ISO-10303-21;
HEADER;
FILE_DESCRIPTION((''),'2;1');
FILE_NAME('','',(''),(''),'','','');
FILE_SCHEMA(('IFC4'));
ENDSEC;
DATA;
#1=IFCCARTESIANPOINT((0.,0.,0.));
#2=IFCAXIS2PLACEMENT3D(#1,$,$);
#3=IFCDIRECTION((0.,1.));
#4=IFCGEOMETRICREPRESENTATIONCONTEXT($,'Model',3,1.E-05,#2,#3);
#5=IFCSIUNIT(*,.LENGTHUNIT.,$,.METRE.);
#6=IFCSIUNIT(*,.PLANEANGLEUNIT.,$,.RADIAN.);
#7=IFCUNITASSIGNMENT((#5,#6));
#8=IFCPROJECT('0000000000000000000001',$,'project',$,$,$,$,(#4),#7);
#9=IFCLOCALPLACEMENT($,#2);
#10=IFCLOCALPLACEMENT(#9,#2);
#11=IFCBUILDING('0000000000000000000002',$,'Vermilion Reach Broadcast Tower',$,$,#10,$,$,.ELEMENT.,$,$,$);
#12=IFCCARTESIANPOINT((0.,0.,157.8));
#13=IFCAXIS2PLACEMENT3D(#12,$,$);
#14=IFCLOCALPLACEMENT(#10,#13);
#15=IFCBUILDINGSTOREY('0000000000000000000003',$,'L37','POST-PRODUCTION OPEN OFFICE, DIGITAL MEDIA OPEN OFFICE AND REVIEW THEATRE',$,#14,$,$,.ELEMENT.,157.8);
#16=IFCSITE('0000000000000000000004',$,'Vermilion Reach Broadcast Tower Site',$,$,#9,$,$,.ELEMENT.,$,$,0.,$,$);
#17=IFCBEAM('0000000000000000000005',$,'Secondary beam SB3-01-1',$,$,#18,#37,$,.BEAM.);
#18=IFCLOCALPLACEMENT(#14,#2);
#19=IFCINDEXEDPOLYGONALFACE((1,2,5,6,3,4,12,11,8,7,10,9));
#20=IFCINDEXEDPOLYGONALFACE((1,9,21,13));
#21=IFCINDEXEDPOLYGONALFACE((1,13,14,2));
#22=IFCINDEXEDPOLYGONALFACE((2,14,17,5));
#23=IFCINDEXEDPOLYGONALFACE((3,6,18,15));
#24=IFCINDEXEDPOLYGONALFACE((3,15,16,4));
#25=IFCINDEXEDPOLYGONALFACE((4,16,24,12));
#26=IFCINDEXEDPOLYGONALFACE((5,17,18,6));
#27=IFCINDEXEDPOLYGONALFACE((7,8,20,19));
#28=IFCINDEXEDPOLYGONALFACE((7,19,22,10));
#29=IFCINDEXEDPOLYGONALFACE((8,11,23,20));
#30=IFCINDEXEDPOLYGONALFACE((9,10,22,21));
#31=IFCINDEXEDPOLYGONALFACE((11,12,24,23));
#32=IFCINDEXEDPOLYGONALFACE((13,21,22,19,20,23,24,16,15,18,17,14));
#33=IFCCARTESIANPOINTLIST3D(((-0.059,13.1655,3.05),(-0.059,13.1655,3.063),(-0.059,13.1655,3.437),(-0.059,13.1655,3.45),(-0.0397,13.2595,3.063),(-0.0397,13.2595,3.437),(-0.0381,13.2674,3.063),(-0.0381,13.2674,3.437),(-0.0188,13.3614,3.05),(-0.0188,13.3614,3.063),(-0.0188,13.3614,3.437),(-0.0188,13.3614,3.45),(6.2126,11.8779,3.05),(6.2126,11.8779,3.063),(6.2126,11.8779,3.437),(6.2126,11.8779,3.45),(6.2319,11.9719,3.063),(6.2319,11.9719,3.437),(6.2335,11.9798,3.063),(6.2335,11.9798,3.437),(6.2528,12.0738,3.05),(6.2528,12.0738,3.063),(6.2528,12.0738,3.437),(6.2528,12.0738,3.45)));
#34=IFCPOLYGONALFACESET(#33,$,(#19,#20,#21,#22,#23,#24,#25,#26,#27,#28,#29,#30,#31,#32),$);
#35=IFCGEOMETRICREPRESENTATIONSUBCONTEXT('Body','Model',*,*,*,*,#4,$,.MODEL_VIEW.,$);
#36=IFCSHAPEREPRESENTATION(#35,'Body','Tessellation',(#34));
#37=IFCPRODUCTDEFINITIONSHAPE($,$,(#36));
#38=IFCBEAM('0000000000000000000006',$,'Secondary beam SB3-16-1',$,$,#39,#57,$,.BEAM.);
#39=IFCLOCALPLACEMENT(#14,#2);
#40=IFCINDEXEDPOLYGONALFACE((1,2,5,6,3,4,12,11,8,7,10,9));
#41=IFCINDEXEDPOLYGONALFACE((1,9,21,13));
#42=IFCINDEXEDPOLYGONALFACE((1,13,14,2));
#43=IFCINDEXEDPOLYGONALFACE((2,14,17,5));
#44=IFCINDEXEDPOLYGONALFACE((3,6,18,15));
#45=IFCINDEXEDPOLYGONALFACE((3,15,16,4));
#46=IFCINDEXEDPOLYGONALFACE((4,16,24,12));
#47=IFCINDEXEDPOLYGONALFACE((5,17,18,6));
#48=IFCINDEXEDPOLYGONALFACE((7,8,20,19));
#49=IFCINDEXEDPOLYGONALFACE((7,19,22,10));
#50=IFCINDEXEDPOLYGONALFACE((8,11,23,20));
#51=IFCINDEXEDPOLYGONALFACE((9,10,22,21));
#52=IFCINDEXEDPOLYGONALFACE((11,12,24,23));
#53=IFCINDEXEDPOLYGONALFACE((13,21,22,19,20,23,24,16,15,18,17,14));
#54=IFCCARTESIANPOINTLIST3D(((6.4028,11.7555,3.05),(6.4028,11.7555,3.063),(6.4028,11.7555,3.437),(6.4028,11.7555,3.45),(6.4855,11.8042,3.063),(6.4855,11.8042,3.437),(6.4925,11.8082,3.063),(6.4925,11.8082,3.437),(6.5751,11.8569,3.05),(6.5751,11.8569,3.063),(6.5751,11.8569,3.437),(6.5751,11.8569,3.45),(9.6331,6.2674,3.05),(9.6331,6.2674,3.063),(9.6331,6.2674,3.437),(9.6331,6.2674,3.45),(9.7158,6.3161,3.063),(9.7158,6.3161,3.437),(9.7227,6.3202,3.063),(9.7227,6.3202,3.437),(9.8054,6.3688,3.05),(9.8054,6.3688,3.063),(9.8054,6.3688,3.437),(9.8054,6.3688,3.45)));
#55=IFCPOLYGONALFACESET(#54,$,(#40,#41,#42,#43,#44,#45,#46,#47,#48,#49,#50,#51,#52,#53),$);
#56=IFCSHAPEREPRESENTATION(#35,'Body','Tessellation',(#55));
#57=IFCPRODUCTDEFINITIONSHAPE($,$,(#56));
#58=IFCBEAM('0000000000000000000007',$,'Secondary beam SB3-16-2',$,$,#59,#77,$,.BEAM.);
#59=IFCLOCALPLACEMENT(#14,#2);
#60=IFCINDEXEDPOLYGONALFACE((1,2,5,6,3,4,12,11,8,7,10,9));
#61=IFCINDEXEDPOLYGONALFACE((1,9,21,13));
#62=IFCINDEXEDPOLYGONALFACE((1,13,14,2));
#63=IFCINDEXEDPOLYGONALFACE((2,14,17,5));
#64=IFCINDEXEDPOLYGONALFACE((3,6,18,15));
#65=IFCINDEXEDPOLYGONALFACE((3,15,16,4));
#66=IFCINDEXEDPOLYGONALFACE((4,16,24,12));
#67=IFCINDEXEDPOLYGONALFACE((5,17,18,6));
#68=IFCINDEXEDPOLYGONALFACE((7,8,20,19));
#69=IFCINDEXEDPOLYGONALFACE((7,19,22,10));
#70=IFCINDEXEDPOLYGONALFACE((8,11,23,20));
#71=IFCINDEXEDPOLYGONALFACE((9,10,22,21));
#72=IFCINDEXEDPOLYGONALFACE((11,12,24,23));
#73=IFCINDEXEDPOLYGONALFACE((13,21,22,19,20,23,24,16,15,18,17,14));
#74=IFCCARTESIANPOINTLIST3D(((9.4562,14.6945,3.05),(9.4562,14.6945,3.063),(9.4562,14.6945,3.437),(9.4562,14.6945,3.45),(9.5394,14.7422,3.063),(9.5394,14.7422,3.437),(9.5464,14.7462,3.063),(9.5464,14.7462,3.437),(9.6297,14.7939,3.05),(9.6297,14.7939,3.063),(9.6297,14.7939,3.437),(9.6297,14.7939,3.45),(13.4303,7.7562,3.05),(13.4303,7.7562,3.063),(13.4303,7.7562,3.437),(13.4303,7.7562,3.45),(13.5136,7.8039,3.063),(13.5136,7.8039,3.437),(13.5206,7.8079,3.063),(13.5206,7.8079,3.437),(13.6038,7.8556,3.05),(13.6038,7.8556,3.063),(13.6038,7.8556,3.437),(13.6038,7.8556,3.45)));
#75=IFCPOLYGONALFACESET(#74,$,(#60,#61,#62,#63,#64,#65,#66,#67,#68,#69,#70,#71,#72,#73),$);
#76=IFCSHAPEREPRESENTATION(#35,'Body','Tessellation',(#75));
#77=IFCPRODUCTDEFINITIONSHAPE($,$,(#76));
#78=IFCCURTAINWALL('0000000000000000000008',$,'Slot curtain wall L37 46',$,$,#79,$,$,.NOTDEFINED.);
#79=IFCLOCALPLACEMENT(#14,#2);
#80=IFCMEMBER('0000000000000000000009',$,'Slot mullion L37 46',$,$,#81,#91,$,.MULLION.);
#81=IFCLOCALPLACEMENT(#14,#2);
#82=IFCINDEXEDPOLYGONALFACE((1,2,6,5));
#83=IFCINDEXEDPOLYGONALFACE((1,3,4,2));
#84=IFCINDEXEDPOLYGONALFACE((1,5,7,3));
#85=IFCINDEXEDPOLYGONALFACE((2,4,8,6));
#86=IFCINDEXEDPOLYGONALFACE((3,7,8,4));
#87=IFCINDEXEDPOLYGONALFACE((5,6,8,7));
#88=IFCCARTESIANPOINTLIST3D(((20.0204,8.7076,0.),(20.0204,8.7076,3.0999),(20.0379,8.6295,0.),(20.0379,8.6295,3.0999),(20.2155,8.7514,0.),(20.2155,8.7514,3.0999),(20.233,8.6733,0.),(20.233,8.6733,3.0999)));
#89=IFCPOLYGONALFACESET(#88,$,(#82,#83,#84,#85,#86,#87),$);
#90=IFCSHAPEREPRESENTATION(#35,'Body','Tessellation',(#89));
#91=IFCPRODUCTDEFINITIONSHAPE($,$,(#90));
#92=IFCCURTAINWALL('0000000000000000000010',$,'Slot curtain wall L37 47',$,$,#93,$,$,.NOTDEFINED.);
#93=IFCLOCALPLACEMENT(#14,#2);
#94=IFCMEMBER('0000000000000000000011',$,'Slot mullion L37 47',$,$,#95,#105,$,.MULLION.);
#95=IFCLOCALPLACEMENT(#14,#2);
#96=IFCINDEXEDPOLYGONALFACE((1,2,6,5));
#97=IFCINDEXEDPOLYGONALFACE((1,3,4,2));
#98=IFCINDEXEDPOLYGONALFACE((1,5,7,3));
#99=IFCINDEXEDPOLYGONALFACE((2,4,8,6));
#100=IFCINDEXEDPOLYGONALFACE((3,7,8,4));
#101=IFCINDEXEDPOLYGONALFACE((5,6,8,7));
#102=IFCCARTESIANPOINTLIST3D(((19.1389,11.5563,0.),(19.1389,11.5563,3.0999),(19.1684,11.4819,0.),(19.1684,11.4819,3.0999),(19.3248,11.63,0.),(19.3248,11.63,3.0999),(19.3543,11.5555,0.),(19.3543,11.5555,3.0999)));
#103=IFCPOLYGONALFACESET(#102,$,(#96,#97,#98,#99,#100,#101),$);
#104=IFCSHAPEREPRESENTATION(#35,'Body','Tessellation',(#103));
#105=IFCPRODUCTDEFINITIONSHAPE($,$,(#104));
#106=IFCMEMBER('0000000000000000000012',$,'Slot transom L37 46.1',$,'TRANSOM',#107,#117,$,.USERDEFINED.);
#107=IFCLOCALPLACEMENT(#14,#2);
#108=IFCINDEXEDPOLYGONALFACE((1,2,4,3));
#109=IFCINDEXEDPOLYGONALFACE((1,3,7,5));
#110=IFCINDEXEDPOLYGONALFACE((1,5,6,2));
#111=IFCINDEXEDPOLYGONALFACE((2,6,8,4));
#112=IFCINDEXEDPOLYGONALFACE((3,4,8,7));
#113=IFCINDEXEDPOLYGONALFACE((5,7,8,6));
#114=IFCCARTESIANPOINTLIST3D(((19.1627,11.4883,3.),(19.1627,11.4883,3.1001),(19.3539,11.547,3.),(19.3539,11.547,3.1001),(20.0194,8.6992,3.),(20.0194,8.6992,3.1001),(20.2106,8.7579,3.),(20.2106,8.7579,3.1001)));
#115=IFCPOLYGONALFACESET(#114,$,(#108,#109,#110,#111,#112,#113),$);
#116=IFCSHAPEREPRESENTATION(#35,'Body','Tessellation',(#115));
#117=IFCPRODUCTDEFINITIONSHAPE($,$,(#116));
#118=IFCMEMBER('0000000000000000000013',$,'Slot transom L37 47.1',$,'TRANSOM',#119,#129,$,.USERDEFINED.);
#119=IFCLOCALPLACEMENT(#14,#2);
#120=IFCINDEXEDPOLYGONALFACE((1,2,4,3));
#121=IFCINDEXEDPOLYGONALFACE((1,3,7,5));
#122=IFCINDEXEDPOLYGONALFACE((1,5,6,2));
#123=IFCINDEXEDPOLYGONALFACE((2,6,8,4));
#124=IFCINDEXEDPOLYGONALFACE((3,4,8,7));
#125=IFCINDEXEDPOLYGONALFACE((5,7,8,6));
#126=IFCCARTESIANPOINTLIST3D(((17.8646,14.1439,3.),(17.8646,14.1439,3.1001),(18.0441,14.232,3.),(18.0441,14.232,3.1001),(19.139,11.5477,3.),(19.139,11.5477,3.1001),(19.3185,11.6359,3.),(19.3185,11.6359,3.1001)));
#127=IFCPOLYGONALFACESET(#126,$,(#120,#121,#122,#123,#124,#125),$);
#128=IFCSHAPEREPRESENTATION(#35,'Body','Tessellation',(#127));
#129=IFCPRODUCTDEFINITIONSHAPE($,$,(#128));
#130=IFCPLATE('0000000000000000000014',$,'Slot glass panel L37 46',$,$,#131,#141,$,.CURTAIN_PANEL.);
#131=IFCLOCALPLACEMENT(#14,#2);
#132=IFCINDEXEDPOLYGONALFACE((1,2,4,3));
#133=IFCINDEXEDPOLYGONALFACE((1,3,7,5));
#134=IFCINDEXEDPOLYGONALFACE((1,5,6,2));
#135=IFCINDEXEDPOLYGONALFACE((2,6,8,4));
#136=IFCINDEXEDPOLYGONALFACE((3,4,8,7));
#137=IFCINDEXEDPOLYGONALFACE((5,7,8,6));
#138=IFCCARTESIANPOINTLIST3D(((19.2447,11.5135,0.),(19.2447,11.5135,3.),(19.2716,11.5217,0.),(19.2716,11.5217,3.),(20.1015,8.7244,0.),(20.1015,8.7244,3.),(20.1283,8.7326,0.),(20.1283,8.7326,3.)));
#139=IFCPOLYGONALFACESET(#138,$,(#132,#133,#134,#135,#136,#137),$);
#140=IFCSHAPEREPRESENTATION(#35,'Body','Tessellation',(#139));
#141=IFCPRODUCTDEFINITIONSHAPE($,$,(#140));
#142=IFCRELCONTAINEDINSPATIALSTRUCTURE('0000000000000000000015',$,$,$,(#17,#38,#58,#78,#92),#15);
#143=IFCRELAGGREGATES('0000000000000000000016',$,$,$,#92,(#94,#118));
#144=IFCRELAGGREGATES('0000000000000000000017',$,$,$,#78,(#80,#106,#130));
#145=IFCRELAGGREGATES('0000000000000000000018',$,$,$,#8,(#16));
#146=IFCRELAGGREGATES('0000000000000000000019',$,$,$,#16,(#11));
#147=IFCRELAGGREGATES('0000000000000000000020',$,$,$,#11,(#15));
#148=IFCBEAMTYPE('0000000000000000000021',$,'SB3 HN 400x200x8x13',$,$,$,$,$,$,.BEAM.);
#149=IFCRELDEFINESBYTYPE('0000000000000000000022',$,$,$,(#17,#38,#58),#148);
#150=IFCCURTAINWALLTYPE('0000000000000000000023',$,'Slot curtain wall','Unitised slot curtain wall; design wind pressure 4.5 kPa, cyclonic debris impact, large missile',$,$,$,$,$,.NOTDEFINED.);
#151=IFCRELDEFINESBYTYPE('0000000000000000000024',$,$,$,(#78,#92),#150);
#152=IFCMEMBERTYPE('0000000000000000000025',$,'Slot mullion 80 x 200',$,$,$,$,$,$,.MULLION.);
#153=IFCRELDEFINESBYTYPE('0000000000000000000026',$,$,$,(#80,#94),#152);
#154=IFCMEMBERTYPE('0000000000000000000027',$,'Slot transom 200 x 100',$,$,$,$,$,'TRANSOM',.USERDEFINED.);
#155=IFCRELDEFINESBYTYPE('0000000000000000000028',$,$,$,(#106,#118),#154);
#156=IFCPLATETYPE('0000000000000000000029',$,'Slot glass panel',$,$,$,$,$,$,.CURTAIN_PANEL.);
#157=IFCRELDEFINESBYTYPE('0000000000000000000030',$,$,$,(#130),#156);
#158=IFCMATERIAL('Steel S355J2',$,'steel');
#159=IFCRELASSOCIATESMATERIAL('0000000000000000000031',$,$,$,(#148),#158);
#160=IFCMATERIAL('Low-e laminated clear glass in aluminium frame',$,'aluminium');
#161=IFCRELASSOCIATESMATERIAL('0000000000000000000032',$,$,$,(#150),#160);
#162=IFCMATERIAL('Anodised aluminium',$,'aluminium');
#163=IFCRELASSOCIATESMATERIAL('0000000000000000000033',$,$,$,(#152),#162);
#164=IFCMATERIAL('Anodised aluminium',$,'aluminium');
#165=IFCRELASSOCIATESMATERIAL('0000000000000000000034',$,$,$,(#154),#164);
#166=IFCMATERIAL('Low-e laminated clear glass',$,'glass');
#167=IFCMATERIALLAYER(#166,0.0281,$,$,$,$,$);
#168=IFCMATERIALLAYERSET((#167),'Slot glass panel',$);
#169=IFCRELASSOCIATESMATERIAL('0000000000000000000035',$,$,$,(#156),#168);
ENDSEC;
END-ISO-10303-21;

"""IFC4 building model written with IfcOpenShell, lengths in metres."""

from ifc_helpers import new_model, si_unit, direction, frame, origin, origin_2d, place, context, subcontext, project, spatial, rectangle, i_section, extrude, material, layer, layer_set, material_profile, profile_set, type_object, element, aggregate, save


model = new_model("IFC4")

# Units and contexts
model_context = context("Model", 3, precision=1e-05, world=origin(), true_north=direction((0.0, 1.0)))
body_context = subcontext(model_context, "Body", "Model", "MODEL_VIEW")
ifc_project = project(units=[si_unit("LENGTHUNIT", "METRE"), si_unit("PLANEANGLEUNIT", "RADIAN")], contexts=[model_context])

# Site, building, storey
site_placement = place(None, origin())
site = spatial("IfcSite", under=ifc_project, at=site_placement, Name="Vermilion Reach Broadcast Tower Site", CompositionType="ELEMENT", RefElevation=0.0)
building_placement = place(site_placement, origin())
building = spatial("IfcBuilding", under=site, at=building_placement, Name="Vermilion Reach Broadcast Tower", CompositionType="ELEMENT")
storey_placement = place(building_placement, frame((0.0, 0.0, 157.8)))
storey = spatial("IfcBuildingStorey", under=building, at=storey_placement, Name="L37", Description="POST-PRODUCTION OPEN OFFICE, DIGITAL MEDIA OPEN OFFICE AND REVIEW THEATRE", CompositionType="ELEMENT", Elevation=157.8)

# Beams
ifc_material_1 = material(Name="Steel S355J2", Category="steel")
ifc_material_profile_1 = material_profile(ifc_material_1, i_section(OverallWidth=0.2, OverallDepth=0.3999, WebThickness=0.0081, FlangeThickness=0.0129, at=origin_2d()), Name="S355J2 HN 400x200x8x13")
ifc_profile_set_1 = profile_set([ifc_material_profile_1], Name="Steel S355J2")
beam_type_1 = type_object("IfcBeamType", Name="SB3 HN 400x200x8x13", PredefinedType="BEAM", material=ifc_profile_set_1)
beam_1_placement = place(storey_placement, frame((6.2327, 11.9758, 3.25), z_axis=(-0.979568, 0.201115, 0.0), x_axis=(-0.201115, -0.979568, 0.0)))
element("IfcBeam", 1, at=beam_1_placement, inside=storey, type_object=beam_type_1, Name="Secondary beam SB3-01-1", PredefinedType="BEAM", context=body_context, shape_type="SweptSolid", body=[
    extrude(i_section(OverallWidth=0.2, OverallDepth=0.3999, WebThickness=0.0081, FlangeThickness=0.0129, at=origin_2d()), origin(), (0.0, 0.0, 1.0), 6.4023),
])
beam_2_placement = place(storey_placement, frame((9.7192, 6.3181, 3.25), z_axis=(-0.50725, 0.861799, 0.0), x_axis=(-0.861799, -0.50725, 0.0)))
element("IfcBeam", 2, at=beam_2_placement, inside=storey, type_object=beam_type_1, Name="Secondary beam SB3-16-1", PredefinedType="BEAM", context=body_context, shape_type="SweptSolid", body=[
    extrude(i_section(OverallWidth=0.2, OverallDepth=0.3999, WebThickness=0.0081, FlangeThickness=0.0129, at=origin_2d()), origin(), (0.0, 0.0, 1.0), 6.3682),
])
beam_3_placement = place(storey_placement, frame((13.5171, 7.8059, 3.25), z_axis=(-0.497027, 0.867735, 0.0), x_axis=(-0.867735, -0.497027, 0.0)))
element("IfcBeam", 3, at=beam_3_placement, inside=storey, type_object=beam_type_1, Name="Secondary beam SB3-16-2", PredefinedType="BEAM", context=body_context, shape_type="SweptSolid", body=[
    extrude(i_section(OverallWidth=0.2, OverallDepth=0.3999, WebThickness=0.0081, FlangeThickness=0.0129, at=origin_2d()), origin(), (0.0, 0.0, 1.0), 7.9958),
])

# Curtain walls, members
ifc_material_2 = material(Name="Low-e laminated clear glass in aluminium frame", Category="aluminium")
curtain_wall_type = type_object("IfcCurtainWallType", Name="Slot curtain wall", Description="Unitised slot curtain wall; design wind pressure 4.5 kPa, cyclonic debris impact, large missile", PredefinedType="NOTDEFINED", material=ifc_material_2)
placement = place(storey_placement, origin())
curtain_wall_1 = element("IfcCurtainWall", 4, at=placement, inside=storey, type_object=curtain_wall_type, Name="Slot curtain wall L37 46", PredefinedType="NOTDEFINED")
ifc_material_3 = material(Name="Anodised aluminium", Category="aluminium")
ifc_material_profile_2 = material_profile(ifc_material_3, rectangle(XDim=0.2, YDim=0.0801, at=origin_2d()), Name="Slot mullion 80 x 200")
ifc_profile_set_2 = profile_set([ifc_material_profile_2], Name="Anodised aluminium")
member_type_1 = type_object("IfcMemberType", Name="Slot mullion 80 x 200", PredefinedType="MULLION", material=ifc_profile_set_2)
member_1_placement = place(storey_placement, frame((20.1267, 8.6904, 0.0), z_axis=(0.0, 0.0, 1.0), x_axis=(-0.975739, -0.218936, 0.0)))
member_1 = element("IfcMember", 5, at=member_1_placement, type_object=member_type_1, Name="Slot mullion L37 46", PredefinedType="MULLION", context=body_context, shape_type="SweptSolid", body=[
    extrude(rectangle(XDim=0.2, YDim=0.0801, at=origin_2d()), origin(), (0.0, 0.0, 1.0), 3.0999),
])
curtain_wall_2 = element("IfcCurtainWall", 6, at=placement, inside=storey, type_object=curtain_wall_type, Name="Slot curtain wall L37 47", PredefinedType="NOTDEFINED")
member_2_placement = place(storey_placement, frame((19.2466, 11.5559, 0.0), z_axis=(0.0, 0.0, 1.0), x_axis=(-0.929705, -0.368305, 0.0)))
member_2 = element("IfcMember", 7, at=member_2_placement, type_object=member_type_1, Name="Slot mullion L37 47", PredefinedType="MULLION", context=body_context, shape_type="SweptSolid", body=[
    extrude(rectangle(XDim=0.2, YDim=0.0801, at=origin_2d()), origin(), (0.0, 0.0, 1.0), 3.0999),
])

# Members
ifc_material_4 = material(Name="Anodised aluminium", Category="aluminium")
ifc_material_profile_3 = material_profile(ifc_material_4, rectangle(XDim=0.2, YDim=0.1001, at=origin_2d()), Name="Slot transom 200 x 100")
ifc_profile_set_3 = profile_set([ifc_material_profile_3], Name="Anodised aluminium")
member_type_2 = type_object("IfcMemberType", Name="Slot transom 200 x 100", ElementType="TRANSOM", PredefinedType="USERDEFINED", material=ifc_profile_set_3)
member_3_placement = place(storey_placement, frame((20.115, 8.7285, 3.05), z_axis=(-0.293621, 0.955922, 0.0), x_axis=(-0.955922, -0.293621, 0.0)))
member_3 = element("IfcMember", 8, at=member_3_placement, type_object=member_type_2, Name="Slot transom L37 46.1", ObjectType="TRANSOM", PredefinedType="USERDEFINED", context=body_context, shape_type="SweptSolid", body=[
    extrude(rectangle(XDim=0.2, YDim=0.1001, at=origin_2d()), origin(), (0.0, 0.0, 1.0), 2.9177),
])
member_4_placement = place(storey_placement, frame((19.2288, 11.5918, 3.05), z_axis=(-0.440651, 0.897679, 0.0), x_axis=(-0.897679, -0.440651, 0.0)))
member_4 = element("IfcMember", 9, at=member_4_placement, type_object=member_type_2, Name="Slot transom L37 47.1", ObjectType="TRANSOM", PredefinedType="USERDEFINED", context=body_context, shape_type="SweptSolid", body=[
    extrude(rectangle(XDim=0.2, YDim=0.1001, at=origin_2d()), origin(), (0.0, 0.0, 1.0), 2.8921),
])
aggregate(curtain_wall_2, [member_2, member_4])

# Plate
ifc_material_5 = material(Name="Low-e laminated clear glass", Category="glass")
ifc_layer_1 = layer(ifc_material_5, 0.0281)
ifc_layer_set_1 = layer_set([ifc_layer_1], Name="Slot glass panel")
plate_type = type_object("IfcPlateType", Name="Slot glass panel", PredefinedType="CURTAIN_PANEL", material=ifc_layer_set_1)
plate_placement = place(storey_placement, frame((19.6865, 10.123, 0.0), z_axis=(0.0, 0.0, 1.0), x_axis=(-0.293631, 0.955919, 0.0)))
plate = element("IfcPlate", 10, at=plate_placement, type_object=plate_type, Name="Slot glass panel L37 46", PredefinedType="CURTAIN_PANEL", context=body_context, shape_type="SweptSolid", body=[
    extrude(rectangle(XDim=2.9177, YDim=0.0281, at=origin_2d()), origin(), (0.0, 0.0, 1.0), 3.0),
])
aggregate(curtain_wall_1, [member_1, member_3, plate])

save(model, "model.ifc")
